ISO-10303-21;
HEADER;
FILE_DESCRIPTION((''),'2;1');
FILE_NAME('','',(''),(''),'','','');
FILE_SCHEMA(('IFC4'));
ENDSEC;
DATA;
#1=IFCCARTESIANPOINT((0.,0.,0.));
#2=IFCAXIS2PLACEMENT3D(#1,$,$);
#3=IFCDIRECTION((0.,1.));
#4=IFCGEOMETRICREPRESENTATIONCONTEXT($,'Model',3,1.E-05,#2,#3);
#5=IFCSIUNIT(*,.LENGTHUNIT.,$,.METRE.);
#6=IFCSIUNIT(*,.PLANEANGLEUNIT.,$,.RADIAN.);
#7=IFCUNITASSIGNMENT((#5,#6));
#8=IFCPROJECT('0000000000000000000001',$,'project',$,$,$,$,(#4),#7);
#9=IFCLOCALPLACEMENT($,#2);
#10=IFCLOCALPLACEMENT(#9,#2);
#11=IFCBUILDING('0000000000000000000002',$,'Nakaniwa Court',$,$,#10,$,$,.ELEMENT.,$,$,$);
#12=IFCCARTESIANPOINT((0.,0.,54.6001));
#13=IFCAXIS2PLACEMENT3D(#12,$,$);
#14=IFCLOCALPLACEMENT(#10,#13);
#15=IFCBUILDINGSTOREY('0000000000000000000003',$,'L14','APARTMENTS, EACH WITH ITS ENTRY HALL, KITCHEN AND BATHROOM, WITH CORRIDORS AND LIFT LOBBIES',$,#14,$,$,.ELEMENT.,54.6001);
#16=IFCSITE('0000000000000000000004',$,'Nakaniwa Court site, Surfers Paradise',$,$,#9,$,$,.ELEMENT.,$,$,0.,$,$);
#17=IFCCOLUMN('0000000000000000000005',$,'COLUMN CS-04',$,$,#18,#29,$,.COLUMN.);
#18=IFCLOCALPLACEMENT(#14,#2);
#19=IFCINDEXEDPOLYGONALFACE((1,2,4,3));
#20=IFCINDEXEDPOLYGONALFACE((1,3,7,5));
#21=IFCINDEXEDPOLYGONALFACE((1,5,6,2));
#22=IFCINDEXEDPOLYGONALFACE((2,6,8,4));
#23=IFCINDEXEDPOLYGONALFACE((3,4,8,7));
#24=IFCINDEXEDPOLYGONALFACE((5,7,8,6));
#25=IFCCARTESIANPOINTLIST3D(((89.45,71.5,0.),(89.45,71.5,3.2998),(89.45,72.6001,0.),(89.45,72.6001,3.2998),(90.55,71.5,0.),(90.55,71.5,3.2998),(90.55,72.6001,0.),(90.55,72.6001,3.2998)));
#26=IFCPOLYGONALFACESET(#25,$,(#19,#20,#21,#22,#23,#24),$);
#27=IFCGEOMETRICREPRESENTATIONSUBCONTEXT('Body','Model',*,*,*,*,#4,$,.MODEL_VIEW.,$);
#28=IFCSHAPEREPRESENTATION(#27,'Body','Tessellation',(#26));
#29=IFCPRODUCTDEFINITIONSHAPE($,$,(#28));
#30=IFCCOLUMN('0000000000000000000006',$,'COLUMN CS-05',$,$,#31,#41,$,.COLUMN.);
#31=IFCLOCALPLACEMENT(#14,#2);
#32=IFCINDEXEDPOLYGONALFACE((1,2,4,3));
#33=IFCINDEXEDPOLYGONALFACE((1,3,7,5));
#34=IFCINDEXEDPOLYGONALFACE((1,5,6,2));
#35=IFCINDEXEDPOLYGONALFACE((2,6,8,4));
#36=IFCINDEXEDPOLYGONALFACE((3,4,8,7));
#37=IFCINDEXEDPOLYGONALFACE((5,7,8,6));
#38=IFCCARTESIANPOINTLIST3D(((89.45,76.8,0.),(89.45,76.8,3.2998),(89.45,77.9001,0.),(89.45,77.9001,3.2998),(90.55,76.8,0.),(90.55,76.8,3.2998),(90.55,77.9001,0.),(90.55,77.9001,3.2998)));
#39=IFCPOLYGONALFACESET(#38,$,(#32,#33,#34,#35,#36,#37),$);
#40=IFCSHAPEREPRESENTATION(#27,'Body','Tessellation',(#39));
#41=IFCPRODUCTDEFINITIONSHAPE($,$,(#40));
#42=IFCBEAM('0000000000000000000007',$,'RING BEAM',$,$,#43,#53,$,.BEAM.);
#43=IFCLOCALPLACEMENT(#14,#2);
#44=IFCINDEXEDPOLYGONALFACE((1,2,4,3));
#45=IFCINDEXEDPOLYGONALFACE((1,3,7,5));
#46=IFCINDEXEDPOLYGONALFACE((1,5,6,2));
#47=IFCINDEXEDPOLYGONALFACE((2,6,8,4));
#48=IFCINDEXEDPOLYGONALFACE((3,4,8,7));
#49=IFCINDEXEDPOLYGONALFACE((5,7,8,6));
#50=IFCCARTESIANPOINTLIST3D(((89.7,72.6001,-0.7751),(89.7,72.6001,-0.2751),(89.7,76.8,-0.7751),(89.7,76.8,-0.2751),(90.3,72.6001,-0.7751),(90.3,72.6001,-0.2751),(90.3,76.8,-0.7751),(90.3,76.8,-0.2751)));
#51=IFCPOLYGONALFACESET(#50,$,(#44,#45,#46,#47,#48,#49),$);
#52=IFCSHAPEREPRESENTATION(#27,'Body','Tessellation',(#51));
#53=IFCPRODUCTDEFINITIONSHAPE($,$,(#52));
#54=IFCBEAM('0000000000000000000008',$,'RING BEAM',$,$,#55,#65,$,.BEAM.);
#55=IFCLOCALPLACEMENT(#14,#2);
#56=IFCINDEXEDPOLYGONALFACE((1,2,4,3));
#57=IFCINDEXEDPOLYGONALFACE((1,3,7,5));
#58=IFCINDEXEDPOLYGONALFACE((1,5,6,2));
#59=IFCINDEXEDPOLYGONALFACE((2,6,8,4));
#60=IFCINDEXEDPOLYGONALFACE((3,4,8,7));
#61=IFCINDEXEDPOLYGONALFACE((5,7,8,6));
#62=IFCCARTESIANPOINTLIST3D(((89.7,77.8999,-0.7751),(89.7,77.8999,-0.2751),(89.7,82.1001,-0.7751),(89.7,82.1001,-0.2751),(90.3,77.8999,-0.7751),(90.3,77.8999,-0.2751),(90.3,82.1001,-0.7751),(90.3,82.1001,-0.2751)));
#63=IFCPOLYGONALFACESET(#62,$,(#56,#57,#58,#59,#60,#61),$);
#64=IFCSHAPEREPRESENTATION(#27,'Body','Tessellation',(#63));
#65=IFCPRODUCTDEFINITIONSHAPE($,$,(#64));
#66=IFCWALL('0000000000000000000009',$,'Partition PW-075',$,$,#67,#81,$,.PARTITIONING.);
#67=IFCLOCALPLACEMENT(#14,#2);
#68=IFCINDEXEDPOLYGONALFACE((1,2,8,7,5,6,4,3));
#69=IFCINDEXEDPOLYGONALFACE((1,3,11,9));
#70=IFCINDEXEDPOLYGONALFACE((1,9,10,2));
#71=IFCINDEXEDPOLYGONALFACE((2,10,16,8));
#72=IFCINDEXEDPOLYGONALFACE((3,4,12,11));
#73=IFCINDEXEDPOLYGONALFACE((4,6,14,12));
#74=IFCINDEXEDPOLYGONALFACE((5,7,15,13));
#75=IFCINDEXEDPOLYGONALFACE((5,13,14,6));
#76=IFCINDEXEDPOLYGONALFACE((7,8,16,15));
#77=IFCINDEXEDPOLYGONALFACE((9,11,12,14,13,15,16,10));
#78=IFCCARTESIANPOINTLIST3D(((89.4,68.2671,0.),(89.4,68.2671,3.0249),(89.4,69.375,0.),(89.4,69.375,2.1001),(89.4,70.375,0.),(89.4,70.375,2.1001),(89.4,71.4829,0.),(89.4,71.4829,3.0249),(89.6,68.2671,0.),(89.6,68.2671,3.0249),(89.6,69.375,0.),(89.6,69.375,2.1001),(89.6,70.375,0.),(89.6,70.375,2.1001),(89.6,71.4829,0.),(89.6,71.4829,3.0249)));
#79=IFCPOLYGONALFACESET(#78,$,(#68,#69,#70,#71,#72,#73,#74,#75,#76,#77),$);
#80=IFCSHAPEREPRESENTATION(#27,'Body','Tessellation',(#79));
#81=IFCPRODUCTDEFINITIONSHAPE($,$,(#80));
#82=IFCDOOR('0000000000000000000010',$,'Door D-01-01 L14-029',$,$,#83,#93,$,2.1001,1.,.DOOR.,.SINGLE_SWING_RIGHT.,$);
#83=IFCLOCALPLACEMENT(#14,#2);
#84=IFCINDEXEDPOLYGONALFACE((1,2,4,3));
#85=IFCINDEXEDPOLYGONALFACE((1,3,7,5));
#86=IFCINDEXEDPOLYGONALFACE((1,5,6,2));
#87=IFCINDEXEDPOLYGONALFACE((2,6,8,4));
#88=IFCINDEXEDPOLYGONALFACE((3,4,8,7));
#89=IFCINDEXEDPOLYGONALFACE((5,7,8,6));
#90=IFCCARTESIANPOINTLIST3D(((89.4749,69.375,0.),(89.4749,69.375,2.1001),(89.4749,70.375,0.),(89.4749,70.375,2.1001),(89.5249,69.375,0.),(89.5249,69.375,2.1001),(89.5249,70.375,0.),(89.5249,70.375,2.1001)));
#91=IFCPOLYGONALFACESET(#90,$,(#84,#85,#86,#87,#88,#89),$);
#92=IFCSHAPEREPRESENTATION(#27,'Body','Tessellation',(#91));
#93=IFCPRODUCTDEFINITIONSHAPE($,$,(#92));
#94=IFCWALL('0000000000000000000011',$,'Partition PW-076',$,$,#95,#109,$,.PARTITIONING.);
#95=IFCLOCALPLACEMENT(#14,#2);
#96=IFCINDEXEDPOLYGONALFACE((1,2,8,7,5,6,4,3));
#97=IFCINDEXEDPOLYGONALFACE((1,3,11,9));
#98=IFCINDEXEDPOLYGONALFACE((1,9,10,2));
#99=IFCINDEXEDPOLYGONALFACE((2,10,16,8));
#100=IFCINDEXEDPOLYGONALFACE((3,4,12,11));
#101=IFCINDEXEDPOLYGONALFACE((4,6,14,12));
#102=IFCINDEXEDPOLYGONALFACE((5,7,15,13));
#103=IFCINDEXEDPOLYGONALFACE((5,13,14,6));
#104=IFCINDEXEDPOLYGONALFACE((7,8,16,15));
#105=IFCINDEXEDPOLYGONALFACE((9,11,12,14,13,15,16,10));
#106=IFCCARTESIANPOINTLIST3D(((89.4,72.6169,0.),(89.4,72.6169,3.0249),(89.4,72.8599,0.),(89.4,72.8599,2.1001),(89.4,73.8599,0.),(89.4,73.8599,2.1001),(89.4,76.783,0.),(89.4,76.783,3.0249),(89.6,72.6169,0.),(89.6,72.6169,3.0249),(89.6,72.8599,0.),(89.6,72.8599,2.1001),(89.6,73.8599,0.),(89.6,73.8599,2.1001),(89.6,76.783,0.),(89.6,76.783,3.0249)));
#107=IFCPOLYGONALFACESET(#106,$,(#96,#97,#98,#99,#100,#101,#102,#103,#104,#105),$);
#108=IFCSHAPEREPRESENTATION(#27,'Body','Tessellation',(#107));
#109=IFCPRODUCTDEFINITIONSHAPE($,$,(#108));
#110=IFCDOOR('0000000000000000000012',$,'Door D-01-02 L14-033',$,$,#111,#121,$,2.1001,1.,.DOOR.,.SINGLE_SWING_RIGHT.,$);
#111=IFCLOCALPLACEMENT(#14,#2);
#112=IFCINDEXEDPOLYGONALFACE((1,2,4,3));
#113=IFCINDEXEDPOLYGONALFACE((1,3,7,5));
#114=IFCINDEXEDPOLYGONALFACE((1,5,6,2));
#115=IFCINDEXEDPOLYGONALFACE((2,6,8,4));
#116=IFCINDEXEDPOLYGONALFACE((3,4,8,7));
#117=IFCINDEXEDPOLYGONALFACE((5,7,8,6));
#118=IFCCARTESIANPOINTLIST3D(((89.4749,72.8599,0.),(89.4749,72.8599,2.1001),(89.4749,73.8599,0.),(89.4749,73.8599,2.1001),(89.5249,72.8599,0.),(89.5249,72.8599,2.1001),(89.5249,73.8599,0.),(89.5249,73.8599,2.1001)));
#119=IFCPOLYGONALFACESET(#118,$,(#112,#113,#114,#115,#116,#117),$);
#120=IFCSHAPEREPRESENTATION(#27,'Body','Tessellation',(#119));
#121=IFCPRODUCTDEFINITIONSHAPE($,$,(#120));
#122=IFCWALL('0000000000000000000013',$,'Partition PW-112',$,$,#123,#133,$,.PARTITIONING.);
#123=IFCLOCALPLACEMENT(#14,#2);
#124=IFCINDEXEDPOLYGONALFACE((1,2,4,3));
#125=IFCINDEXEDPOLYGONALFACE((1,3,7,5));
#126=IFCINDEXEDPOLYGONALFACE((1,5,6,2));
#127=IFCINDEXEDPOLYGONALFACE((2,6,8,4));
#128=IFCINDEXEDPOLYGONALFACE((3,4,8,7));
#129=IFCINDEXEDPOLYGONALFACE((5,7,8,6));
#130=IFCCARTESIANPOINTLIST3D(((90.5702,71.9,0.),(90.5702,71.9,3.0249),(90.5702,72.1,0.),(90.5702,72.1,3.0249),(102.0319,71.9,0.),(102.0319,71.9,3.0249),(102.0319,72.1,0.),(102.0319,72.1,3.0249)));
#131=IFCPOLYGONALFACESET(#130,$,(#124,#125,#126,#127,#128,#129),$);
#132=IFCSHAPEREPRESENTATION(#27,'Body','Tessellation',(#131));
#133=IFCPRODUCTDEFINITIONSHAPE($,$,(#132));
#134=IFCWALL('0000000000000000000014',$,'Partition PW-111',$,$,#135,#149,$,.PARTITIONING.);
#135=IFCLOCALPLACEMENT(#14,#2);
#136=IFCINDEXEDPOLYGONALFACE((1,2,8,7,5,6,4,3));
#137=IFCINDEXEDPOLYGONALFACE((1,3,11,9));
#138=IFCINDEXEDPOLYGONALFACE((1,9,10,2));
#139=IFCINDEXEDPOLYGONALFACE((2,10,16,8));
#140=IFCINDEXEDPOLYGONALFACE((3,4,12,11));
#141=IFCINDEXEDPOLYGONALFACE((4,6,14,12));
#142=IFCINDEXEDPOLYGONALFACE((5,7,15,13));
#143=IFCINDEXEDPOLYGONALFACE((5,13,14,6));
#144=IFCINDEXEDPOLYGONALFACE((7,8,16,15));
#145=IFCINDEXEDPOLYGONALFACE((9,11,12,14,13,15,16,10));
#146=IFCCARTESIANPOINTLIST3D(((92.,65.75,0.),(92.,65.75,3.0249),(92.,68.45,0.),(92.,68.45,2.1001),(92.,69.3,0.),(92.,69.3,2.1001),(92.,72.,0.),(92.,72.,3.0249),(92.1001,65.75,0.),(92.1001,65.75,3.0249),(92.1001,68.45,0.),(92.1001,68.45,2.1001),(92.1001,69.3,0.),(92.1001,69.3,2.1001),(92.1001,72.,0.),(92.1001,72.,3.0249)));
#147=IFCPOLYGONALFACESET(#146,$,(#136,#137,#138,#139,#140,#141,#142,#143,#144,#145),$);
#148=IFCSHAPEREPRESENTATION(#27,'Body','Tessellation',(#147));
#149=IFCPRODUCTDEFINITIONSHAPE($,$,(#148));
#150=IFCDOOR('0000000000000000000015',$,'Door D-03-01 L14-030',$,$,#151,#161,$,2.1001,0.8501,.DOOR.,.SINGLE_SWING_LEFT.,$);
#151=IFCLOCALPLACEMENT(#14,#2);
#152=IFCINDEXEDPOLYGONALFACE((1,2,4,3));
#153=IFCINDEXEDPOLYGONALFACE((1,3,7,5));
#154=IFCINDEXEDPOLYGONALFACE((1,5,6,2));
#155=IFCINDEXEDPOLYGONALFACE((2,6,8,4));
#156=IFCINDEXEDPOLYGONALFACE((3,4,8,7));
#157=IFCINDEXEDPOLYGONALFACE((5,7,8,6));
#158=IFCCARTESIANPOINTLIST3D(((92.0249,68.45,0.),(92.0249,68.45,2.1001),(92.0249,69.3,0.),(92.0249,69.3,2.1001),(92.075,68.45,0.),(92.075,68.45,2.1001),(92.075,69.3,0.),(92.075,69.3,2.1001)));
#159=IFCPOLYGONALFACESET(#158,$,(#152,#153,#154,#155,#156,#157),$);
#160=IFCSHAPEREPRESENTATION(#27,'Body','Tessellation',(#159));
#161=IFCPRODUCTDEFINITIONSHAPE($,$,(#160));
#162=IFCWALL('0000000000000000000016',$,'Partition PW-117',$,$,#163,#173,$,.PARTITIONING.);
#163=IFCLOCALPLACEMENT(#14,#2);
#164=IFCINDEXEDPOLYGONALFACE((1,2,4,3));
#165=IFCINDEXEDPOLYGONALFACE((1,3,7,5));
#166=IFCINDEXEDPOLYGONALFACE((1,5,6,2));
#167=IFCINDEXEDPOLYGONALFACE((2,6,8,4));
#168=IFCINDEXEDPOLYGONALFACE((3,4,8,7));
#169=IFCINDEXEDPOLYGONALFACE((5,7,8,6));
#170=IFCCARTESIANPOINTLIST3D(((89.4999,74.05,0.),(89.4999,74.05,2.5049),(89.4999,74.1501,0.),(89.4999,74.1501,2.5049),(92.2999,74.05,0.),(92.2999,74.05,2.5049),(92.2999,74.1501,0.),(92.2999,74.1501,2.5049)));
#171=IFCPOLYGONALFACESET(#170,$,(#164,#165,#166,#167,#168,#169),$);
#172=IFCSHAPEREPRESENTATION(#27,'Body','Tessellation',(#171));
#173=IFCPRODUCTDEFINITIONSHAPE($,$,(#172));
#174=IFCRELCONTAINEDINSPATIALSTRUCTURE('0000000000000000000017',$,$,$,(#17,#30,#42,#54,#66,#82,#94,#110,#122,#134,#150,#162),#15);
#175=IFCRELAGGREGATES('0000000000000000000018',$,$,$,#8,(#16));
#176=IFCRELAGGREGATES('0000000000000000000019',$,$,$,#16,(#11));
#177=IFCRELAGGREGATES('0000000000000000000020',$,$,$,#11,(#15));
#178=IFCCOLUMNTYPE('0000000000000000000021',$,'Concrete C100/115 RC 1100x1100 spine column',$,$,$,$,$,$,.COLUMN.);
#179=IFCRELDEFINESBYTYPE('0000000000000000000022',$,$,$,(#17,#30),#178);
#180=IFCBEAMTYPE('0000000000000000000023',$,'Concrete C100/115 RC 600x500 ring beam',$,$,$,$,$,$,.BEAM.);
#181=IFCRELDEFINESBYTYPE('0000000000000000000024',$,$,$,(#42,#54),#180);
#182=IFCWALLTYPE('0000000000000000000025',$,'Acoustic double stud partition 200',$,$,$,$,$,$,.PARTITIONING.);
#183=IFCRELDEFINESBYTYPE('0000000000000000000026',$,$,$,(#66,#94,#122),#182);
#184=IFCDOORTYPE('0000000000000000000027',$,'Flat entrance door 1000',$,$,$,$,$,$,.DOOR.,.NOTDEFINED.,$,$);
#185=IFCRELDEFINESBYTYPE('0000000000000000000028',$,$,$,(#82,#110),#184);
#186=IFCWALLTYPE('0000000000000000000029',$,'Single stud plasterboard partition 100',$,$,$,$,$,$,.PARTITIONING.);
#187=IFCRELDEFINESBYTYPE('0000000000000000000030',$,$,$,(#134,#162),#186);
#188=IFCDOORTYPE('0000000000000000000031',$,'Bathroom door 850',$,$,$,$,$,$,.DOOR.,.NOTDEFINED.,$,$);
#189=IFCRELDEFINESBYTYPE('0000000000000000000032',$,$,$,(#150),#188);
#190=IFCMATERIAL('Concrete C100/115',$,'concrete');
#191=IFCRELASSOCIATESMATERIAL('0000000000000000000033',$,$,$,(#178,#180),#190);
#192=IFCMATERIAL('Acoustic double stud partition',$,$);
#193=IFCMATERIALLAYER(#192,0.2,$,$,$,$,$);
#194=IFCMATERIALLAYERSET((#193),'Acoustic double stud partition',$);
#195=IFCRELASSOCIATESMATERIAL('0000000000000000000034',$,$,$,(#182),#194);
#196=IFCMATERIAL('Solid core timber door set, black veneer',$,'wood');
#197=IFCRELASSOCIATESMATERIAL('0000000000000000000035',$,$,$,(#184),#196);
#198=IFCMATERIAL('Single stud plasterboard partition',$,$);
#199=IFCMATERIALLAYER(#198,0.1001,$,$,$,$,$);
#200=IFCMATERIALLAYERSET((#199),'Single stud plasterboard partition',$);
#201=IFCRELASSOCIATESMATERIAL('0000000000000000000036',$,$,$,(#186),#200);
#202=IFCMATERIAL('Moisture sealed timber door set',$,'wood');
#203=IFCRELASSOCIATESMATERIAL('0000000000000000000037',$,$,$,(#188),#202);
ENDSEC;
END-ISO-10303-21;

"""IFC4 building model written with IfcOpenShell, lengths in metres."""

from ifc_helpers import new_model, si_unit, direction, frame, frame_2d, origin, origin_2d, place, context, subcontext, project, spatial, rectangle, extrude, material, layer, layer_set, material_profile, profile_set, type_object, element, fill, save


model = new_model("IFC4")

# Units and contexts
model_context = context("Model", 3, precision=1e-05, world=origin(), true_north=direction((0.0, 1.0)))
body_context = subcontext(model_context, "Body", "Model", "MODEL_VIEW")
ifc_project = project(units=[si_unit("LENGTHUNIT", "METRE"), si_unit("PLANEANGLEUNIT", "RADIAN")], contexts=[model_context])

# Site, building, storey
site_placement = place(None, origin())
site = spatial("IfcSite", under=ifc_project, at=site_placement, Name="Nakaniwa Court site, Surfers Paradise", CompositionType="ELEMENT", RefElevation=0.0)
building_placement = place(site_placement, origin())
building = spatial("IfcBuilding", under=site, at=building_placement, Name="Nakaniwa Court", CompositionType="ELEMENT")
storey_placement = place(building_placement, frame((0.0, 0.0, 54.6001)))
storey = spatial("IfcBuildingStorey", under=building, at=storey_placement, Name="L14", Description="APARTMENTS, EACH WITH ITS ENTRY HALL, KITCHEN AND BATHROOM, WITH CORRIDORS AND LIFT LOBBIES", CompositionType="ELEMENT", Elevation=54.6001)

# Columns
ifc_material_1 = material(Name="Concrete C100/115", Category="concrete")
ifc_material_profile_1 = material_profile(ifc_material_1, rectangle(XDim=1.1001, YDim=1.1001, at=origin_2d()), Name="Concrete C100/115 RC 1100x1100 spine column")
ifc_profile_set_1 = profile_set([ifc_material_profile_1], Name="Concrete C100/115")
column_type = type_object("IfcColumnType", Name="Concrete C100/115 RC 1100x1100 spine column", PredefinedType="COLUMN", material=ifc_profile_set_1)
for number, where, z_axis, x_axis, name in (
    (1, (90.0, 72.05, 0.0), (0.0, 0.0, 1.0), (0.0, 1.0, 0.0), "COLUMN CS-04"),
    (2, (90.0, 77.3501, 0.0), (0.0, 0.0, 1.0), (0.0, 1.0, 0.0), "COLUMN CS-05"),
):
    element("IfcColumn", number, at=place(storey_placement, frame(where, z_axis=z_axis, x_axis=x_axis)), inside=storey, type_object=column_type, Name=name, PredefinedType="COLUMN", context=body_context, shape_type="SweptSolid", body=[
        extrude(rectangle(XDim=1.1001, YDim=1.1001, at=origin_2d()), origin(), (0.0, 0.0, 1.0), 3.2998),
    ])

# Beams
ifc_material_profile_2 = material_profile(ifc_material_1, rectangle(XDim=0.6001, YDim=0.5, at=origin_2d()), Name="Concrete C100/115 RC 600x500 ring beam")
ifc_profile_set_2 = profile_set([ifc_material_profile_2], Name="Concrete C100/115")
beam_type = type_object("IfcBeamType", Name="Concrete C100/115 RC 600x500 ring beam", PredefinedType="BEAM", material=ifc_profile_set_2)
beam_1_placement = place(storey_placement, frame((90.0, 72.6001, -0.5251), z_axis=(0.0, 1.0, 0.0), x_axis=(-1.0, 0.0, 0.0)))
element("IfcBeam", 3, at=beam_1_placement, inside=storey, type_object=beam_type, Name="RING BEAM", PredefinedType="BEAM", context=body_context, shape_type="SweptSolid", body=[
    extrude(rectangle(XDim=0.6001, YDim=0.5, at=origin_2d()), origin(), (0.0, 0.0, 1.0), 4.2),
])
beam_2_placement = place(storey_placement, frame((90.0, 77.8999, -0.5251), z_axis=(0.0, 1.0, 0.0), x_axis=(-1.0, 0.0, 0.0)))
element("IfcBeam", 4, at=beam_2_placement, inside=storey, type_object=beam_type, Name="RING BEAM", PredefinedType="BEAM", context=body_context, shape_type="SweptSolid", body=[
    extrude(rectangle(XDim=0.6001, YDim=0.5, at=origin_2d()), origin(), (0.0, 0.0, 1.0), 4.2002),
])

# Walls, openings, doors
ifc_material_2 = material(Name="Acoustic double stud partition")
ifc_layer_1 = layer(ifc_material_2, 0.2)
ifc_layer_set_1 = layer_set([ifc_layer_1], Name="Acoustic double stud partition")
wall_type_1 = type_object("IfcWallType", Name="Acoustic double stud partition 200", PredefinedType="PARTITIONING", material=ifc_layer_set_1)
wall_1_placement = place(storey_placement, frame((89.5, 71.4829, 0.0), z_axis=(0.0, 0.0, 1.0), x_axis=(0.0, -1.0, 0.0)))
wall_1 = element("IfcWall", 5, at=wall_1_placement, inside=storey, type_object=wall_type_1, Name="Partition PW-075", PredefinedType="PARTITIONING", context=body_context, shape_type="SweptSolid", body=[
    extrude(rectangle(XDim=3.2158, YDim=0.2, at=frame_2d((1.6079, 0.0))), origin(), (0.0, 0.0, 1.0), 3.0249),
])
opening_1_placement = place(wall_1_placement, frame((1.1079, 0.0, 0.0)))
opening_1 = element("IfcOpeningElement", 6, at=opening_1_placement, cuts=wall_1, PredefinedType="OPENING", context=body_context, shape_type="SweptSolid", body=[
    extrude(rectangle(XDim=1.0, YDim=2.1001, at=frame_2d((0.5, 1.05))), frame((0.0, 0.1099, 0.0), z_axis=(0.0, -1.0, 0.0), x_axis=(1.0, 0.0, 0.0)), (0.0, 0.0, 1.0), 0.22),
])
ifc_material_3 = material(Name="Solid core timber door set, black veneer", Category="wood")
door_type_1 = type_object("IfcDoorType", Name="Flat entrance door 1000", OperationType="NOTDEFINED", PredefinedType="DOOR", material=ifc_material_3)
door_1_placement = place(opening_1_placement, origin())
door_1 = element("IfcDoor", 7, at=door_1_placement, inside=storey, type_object=door_type_1, Name="Door D-01-01 L14-029", OperationType="SINGLE_SWING_RIGHT", OverallHeight=2.1001, OverallWidth=1.0, PredefinedType="DOOR", context=body_context, shape_type="SweptSolid", body=[
    extrude(rectangle(XDim=1.0, YDim=2.1001, at=frame_2d((0.5, 1.05))), frame((0.0, 0.0249, 0.0), z_axis=(0.0, -1.0, 0.0), x_axis=(1.0, 0.0, 0.0)), (0.0, 0.0, 1.0), 0.05),
])
fill(opening_1, door_1)
wall_2_placement = place(storey_placement, frame((89.5, 76.783, 0.0), z_axis=(0.0, 0.0, 1.0), x_axis=(0.0, -1.0, 0.0)))
wall_2 = element("IfcWall", 8, at=wall_2_placement, inside=storey, type_object=wall_type_1, Name="Partition PW-076", PredefinedType="PARTITIONING", context=body_context, shape_type="SweptSolid", body=[
    extrude(rectangle(XDim=4.166, YDim=0.2, at=frame_2d((2.083, 0.0))), origin(), (0.0, 0.0, 1.0), 3.0249),
])
opening_2_placement = place(wall_2_placement, frame((2.9231, 0.0, 0.0)))
opening_2 = element("IfcOpeningElement", 9, at=opening_2_placement, cuts=wall_2, PredefinedType="OPENING", context=body_context, shape_type="SweptSolid", body=[
    extrude(rectangle(XDim=1.0, YDim=2.1001, at=frame_2d((0.5, 1.05))), frame((0.0, 0.1099, 0.0), z_axis=(0.0, -1.0, 0.0), x_axis=(1.0, 0.0, 0.0)), (0.0, 0.0, 1.0), 0.22),
])
door_2_placement = place(opening_2_placement, origin())
door_2 = element("IfcDoor", 10, at=door_2_placement, inside=storey, type_object=door_type_1, Name="Door D-01-02 L14-033", OperationType="SINGLE_SWING_RIGHT", OverallHeight=2.1001, OverallWidth=1.0, PredefinedType="DOOR", context=body_context, shape_type="SweptSolid", body=[
    extrude(rectangle(XDim=1.0, YDim=2.1001, at=frame_2d((0.5, 1.05))), frame((0.0, 0.0249, 0.0), z_axis=(0.0, -1.0, 0.0), x_axis=(1.0, 0.0, 0.0)), (0.0, 0.0, 1.0), 0.05),
])
fill(opening_2, door_2)

# Wall
wall_3_placement = place(storey_placement, frame((90.5701, 72.0, 0.0), z_axis=(0.0, 0.0, 1.0), x_axis=(1.0, 0.0, 0.0)))
element("IfcWall", 11, at=wall_3_placement, inside=storey, type_object=wall_type_1, Name="Partition PW-112", PredefinedType="PARTITIONING", context=body_context, shape_type="SweptSolid", body=[
    extrude(rectangle(XDim=11.4617, YDim=0.2, at=frame_2d((5.731, 0.0))), origin(), (0.0, 0.0, 1.0), 3.0249),
])

# Wall, opening, door
ifc_material_4 = material(Name="Single stud plasterboard partition")
ifc_layer_2 = layer(ifc_material_4, 0.1001)
ifc_layer_set_2 = layer_set([ifc_layer_2], Name="Single stud plasterboard partition")
wall_type_2 = type_object("IfcWallType", Name="Single stud plasterboard partition 100", PredefinedType="PARTITIONING", material=ifc_layer_set_2)
wall_4_placement = place(storey_placement, frame((92.05, 72.0, 0.0), z_axis=(0.0, 0.0, 1.0), x_axis=(0.0, -1.0, 0.0)))
wall_4 = element("IfcWall", 12, at=wall_4_placement, inside=storey, type_object=wall_type_2, Name="Partition PW-111", PredefinedType="PARTITIONING", context=body_context, shape_type="SweptSolid", body=[
    extrude(rectangle(XDim=6.25, YDim=0.1001, at=frame_2d((3.125, 0.0))), origin(), (0.0, 0.0, 1.0), 3.0249),
])
opening_3_placement = place(wall_4_placement, frame((2.7, 0.0, 0.0)))
opening_3 = element("IfcOpeningElement", 13, at=opening_3_placement, cuts=wall_4, PredefinedType="OPENING", context=body_context, shape_type="SweptSolid", body=[
    extrude(rectangle(XDim=0.8501, YDim=2.1001, at=frame_2d((0.425, 1.05))), frame((0.0, 0.0601, 0.0), z_axis=(0.0, -1.0, 0.0), x_axis=(1.0, 0.0, 0.0)), (0.0, 0.0, 1.0), 0.1201),
])
ifc_material_5 = material(Name="Moisture sealed timber door set", Category="wood")
door_type_2 = type_object("IfcDoorType", Name="Bathroom door 850", OperationType="NOTDEFINED", PredefinedType="DOOR", material=ifc_material_5)
door_3_placement = place(opening_3_placement, origin())
door_3 = element("IfcDoor", 14, at=door_3_placement, inside=storey, type_object=door_type_2, Name="Door D-03-01 L14-030", OperationType="SINGLE_SWING_LEFT", OverallHeight=2.1001, OverallWidth=0.8501, PredefinedType="DOOR", context=body_context, shape_type="SweptSolid", body=[
    extrude(rectangle(XDim=0.8501, YDim=2.1001, at=frame_2d((0.425, 1.05))), frame((0.0, 0.0249, 0.0), z_axis=(0.0, -1.0, 0.0), x_axis=(1.0, 0.0, 0.0)), (0.0, 0.0, 1.0), 0.05),
])
fill(opening_3, door_3)

# Wall
wall_5_placement = place(storey_placement, frame((89.5, 74.1001, 0.0), z_axis=(0.0, 0.0, 1.0), x_axis=(1.0, 0.0, 0.0)))
element("IfcWall", 15, at=wall_5_placement, inside=storey, type_object=wall_type_2, Name="Partition PW-117", PredefinedType="PARTITIONING", context=body_context, shape_type="SweptSolid", body=[
    extrude(rectangle(XDim=2.8, YDim=0.1001, at=frame_2d((1.3999, 0.0))), origin(), (0.0, 0.0, 1.0), 2.5049),
])

save(model, "model.ifc")
